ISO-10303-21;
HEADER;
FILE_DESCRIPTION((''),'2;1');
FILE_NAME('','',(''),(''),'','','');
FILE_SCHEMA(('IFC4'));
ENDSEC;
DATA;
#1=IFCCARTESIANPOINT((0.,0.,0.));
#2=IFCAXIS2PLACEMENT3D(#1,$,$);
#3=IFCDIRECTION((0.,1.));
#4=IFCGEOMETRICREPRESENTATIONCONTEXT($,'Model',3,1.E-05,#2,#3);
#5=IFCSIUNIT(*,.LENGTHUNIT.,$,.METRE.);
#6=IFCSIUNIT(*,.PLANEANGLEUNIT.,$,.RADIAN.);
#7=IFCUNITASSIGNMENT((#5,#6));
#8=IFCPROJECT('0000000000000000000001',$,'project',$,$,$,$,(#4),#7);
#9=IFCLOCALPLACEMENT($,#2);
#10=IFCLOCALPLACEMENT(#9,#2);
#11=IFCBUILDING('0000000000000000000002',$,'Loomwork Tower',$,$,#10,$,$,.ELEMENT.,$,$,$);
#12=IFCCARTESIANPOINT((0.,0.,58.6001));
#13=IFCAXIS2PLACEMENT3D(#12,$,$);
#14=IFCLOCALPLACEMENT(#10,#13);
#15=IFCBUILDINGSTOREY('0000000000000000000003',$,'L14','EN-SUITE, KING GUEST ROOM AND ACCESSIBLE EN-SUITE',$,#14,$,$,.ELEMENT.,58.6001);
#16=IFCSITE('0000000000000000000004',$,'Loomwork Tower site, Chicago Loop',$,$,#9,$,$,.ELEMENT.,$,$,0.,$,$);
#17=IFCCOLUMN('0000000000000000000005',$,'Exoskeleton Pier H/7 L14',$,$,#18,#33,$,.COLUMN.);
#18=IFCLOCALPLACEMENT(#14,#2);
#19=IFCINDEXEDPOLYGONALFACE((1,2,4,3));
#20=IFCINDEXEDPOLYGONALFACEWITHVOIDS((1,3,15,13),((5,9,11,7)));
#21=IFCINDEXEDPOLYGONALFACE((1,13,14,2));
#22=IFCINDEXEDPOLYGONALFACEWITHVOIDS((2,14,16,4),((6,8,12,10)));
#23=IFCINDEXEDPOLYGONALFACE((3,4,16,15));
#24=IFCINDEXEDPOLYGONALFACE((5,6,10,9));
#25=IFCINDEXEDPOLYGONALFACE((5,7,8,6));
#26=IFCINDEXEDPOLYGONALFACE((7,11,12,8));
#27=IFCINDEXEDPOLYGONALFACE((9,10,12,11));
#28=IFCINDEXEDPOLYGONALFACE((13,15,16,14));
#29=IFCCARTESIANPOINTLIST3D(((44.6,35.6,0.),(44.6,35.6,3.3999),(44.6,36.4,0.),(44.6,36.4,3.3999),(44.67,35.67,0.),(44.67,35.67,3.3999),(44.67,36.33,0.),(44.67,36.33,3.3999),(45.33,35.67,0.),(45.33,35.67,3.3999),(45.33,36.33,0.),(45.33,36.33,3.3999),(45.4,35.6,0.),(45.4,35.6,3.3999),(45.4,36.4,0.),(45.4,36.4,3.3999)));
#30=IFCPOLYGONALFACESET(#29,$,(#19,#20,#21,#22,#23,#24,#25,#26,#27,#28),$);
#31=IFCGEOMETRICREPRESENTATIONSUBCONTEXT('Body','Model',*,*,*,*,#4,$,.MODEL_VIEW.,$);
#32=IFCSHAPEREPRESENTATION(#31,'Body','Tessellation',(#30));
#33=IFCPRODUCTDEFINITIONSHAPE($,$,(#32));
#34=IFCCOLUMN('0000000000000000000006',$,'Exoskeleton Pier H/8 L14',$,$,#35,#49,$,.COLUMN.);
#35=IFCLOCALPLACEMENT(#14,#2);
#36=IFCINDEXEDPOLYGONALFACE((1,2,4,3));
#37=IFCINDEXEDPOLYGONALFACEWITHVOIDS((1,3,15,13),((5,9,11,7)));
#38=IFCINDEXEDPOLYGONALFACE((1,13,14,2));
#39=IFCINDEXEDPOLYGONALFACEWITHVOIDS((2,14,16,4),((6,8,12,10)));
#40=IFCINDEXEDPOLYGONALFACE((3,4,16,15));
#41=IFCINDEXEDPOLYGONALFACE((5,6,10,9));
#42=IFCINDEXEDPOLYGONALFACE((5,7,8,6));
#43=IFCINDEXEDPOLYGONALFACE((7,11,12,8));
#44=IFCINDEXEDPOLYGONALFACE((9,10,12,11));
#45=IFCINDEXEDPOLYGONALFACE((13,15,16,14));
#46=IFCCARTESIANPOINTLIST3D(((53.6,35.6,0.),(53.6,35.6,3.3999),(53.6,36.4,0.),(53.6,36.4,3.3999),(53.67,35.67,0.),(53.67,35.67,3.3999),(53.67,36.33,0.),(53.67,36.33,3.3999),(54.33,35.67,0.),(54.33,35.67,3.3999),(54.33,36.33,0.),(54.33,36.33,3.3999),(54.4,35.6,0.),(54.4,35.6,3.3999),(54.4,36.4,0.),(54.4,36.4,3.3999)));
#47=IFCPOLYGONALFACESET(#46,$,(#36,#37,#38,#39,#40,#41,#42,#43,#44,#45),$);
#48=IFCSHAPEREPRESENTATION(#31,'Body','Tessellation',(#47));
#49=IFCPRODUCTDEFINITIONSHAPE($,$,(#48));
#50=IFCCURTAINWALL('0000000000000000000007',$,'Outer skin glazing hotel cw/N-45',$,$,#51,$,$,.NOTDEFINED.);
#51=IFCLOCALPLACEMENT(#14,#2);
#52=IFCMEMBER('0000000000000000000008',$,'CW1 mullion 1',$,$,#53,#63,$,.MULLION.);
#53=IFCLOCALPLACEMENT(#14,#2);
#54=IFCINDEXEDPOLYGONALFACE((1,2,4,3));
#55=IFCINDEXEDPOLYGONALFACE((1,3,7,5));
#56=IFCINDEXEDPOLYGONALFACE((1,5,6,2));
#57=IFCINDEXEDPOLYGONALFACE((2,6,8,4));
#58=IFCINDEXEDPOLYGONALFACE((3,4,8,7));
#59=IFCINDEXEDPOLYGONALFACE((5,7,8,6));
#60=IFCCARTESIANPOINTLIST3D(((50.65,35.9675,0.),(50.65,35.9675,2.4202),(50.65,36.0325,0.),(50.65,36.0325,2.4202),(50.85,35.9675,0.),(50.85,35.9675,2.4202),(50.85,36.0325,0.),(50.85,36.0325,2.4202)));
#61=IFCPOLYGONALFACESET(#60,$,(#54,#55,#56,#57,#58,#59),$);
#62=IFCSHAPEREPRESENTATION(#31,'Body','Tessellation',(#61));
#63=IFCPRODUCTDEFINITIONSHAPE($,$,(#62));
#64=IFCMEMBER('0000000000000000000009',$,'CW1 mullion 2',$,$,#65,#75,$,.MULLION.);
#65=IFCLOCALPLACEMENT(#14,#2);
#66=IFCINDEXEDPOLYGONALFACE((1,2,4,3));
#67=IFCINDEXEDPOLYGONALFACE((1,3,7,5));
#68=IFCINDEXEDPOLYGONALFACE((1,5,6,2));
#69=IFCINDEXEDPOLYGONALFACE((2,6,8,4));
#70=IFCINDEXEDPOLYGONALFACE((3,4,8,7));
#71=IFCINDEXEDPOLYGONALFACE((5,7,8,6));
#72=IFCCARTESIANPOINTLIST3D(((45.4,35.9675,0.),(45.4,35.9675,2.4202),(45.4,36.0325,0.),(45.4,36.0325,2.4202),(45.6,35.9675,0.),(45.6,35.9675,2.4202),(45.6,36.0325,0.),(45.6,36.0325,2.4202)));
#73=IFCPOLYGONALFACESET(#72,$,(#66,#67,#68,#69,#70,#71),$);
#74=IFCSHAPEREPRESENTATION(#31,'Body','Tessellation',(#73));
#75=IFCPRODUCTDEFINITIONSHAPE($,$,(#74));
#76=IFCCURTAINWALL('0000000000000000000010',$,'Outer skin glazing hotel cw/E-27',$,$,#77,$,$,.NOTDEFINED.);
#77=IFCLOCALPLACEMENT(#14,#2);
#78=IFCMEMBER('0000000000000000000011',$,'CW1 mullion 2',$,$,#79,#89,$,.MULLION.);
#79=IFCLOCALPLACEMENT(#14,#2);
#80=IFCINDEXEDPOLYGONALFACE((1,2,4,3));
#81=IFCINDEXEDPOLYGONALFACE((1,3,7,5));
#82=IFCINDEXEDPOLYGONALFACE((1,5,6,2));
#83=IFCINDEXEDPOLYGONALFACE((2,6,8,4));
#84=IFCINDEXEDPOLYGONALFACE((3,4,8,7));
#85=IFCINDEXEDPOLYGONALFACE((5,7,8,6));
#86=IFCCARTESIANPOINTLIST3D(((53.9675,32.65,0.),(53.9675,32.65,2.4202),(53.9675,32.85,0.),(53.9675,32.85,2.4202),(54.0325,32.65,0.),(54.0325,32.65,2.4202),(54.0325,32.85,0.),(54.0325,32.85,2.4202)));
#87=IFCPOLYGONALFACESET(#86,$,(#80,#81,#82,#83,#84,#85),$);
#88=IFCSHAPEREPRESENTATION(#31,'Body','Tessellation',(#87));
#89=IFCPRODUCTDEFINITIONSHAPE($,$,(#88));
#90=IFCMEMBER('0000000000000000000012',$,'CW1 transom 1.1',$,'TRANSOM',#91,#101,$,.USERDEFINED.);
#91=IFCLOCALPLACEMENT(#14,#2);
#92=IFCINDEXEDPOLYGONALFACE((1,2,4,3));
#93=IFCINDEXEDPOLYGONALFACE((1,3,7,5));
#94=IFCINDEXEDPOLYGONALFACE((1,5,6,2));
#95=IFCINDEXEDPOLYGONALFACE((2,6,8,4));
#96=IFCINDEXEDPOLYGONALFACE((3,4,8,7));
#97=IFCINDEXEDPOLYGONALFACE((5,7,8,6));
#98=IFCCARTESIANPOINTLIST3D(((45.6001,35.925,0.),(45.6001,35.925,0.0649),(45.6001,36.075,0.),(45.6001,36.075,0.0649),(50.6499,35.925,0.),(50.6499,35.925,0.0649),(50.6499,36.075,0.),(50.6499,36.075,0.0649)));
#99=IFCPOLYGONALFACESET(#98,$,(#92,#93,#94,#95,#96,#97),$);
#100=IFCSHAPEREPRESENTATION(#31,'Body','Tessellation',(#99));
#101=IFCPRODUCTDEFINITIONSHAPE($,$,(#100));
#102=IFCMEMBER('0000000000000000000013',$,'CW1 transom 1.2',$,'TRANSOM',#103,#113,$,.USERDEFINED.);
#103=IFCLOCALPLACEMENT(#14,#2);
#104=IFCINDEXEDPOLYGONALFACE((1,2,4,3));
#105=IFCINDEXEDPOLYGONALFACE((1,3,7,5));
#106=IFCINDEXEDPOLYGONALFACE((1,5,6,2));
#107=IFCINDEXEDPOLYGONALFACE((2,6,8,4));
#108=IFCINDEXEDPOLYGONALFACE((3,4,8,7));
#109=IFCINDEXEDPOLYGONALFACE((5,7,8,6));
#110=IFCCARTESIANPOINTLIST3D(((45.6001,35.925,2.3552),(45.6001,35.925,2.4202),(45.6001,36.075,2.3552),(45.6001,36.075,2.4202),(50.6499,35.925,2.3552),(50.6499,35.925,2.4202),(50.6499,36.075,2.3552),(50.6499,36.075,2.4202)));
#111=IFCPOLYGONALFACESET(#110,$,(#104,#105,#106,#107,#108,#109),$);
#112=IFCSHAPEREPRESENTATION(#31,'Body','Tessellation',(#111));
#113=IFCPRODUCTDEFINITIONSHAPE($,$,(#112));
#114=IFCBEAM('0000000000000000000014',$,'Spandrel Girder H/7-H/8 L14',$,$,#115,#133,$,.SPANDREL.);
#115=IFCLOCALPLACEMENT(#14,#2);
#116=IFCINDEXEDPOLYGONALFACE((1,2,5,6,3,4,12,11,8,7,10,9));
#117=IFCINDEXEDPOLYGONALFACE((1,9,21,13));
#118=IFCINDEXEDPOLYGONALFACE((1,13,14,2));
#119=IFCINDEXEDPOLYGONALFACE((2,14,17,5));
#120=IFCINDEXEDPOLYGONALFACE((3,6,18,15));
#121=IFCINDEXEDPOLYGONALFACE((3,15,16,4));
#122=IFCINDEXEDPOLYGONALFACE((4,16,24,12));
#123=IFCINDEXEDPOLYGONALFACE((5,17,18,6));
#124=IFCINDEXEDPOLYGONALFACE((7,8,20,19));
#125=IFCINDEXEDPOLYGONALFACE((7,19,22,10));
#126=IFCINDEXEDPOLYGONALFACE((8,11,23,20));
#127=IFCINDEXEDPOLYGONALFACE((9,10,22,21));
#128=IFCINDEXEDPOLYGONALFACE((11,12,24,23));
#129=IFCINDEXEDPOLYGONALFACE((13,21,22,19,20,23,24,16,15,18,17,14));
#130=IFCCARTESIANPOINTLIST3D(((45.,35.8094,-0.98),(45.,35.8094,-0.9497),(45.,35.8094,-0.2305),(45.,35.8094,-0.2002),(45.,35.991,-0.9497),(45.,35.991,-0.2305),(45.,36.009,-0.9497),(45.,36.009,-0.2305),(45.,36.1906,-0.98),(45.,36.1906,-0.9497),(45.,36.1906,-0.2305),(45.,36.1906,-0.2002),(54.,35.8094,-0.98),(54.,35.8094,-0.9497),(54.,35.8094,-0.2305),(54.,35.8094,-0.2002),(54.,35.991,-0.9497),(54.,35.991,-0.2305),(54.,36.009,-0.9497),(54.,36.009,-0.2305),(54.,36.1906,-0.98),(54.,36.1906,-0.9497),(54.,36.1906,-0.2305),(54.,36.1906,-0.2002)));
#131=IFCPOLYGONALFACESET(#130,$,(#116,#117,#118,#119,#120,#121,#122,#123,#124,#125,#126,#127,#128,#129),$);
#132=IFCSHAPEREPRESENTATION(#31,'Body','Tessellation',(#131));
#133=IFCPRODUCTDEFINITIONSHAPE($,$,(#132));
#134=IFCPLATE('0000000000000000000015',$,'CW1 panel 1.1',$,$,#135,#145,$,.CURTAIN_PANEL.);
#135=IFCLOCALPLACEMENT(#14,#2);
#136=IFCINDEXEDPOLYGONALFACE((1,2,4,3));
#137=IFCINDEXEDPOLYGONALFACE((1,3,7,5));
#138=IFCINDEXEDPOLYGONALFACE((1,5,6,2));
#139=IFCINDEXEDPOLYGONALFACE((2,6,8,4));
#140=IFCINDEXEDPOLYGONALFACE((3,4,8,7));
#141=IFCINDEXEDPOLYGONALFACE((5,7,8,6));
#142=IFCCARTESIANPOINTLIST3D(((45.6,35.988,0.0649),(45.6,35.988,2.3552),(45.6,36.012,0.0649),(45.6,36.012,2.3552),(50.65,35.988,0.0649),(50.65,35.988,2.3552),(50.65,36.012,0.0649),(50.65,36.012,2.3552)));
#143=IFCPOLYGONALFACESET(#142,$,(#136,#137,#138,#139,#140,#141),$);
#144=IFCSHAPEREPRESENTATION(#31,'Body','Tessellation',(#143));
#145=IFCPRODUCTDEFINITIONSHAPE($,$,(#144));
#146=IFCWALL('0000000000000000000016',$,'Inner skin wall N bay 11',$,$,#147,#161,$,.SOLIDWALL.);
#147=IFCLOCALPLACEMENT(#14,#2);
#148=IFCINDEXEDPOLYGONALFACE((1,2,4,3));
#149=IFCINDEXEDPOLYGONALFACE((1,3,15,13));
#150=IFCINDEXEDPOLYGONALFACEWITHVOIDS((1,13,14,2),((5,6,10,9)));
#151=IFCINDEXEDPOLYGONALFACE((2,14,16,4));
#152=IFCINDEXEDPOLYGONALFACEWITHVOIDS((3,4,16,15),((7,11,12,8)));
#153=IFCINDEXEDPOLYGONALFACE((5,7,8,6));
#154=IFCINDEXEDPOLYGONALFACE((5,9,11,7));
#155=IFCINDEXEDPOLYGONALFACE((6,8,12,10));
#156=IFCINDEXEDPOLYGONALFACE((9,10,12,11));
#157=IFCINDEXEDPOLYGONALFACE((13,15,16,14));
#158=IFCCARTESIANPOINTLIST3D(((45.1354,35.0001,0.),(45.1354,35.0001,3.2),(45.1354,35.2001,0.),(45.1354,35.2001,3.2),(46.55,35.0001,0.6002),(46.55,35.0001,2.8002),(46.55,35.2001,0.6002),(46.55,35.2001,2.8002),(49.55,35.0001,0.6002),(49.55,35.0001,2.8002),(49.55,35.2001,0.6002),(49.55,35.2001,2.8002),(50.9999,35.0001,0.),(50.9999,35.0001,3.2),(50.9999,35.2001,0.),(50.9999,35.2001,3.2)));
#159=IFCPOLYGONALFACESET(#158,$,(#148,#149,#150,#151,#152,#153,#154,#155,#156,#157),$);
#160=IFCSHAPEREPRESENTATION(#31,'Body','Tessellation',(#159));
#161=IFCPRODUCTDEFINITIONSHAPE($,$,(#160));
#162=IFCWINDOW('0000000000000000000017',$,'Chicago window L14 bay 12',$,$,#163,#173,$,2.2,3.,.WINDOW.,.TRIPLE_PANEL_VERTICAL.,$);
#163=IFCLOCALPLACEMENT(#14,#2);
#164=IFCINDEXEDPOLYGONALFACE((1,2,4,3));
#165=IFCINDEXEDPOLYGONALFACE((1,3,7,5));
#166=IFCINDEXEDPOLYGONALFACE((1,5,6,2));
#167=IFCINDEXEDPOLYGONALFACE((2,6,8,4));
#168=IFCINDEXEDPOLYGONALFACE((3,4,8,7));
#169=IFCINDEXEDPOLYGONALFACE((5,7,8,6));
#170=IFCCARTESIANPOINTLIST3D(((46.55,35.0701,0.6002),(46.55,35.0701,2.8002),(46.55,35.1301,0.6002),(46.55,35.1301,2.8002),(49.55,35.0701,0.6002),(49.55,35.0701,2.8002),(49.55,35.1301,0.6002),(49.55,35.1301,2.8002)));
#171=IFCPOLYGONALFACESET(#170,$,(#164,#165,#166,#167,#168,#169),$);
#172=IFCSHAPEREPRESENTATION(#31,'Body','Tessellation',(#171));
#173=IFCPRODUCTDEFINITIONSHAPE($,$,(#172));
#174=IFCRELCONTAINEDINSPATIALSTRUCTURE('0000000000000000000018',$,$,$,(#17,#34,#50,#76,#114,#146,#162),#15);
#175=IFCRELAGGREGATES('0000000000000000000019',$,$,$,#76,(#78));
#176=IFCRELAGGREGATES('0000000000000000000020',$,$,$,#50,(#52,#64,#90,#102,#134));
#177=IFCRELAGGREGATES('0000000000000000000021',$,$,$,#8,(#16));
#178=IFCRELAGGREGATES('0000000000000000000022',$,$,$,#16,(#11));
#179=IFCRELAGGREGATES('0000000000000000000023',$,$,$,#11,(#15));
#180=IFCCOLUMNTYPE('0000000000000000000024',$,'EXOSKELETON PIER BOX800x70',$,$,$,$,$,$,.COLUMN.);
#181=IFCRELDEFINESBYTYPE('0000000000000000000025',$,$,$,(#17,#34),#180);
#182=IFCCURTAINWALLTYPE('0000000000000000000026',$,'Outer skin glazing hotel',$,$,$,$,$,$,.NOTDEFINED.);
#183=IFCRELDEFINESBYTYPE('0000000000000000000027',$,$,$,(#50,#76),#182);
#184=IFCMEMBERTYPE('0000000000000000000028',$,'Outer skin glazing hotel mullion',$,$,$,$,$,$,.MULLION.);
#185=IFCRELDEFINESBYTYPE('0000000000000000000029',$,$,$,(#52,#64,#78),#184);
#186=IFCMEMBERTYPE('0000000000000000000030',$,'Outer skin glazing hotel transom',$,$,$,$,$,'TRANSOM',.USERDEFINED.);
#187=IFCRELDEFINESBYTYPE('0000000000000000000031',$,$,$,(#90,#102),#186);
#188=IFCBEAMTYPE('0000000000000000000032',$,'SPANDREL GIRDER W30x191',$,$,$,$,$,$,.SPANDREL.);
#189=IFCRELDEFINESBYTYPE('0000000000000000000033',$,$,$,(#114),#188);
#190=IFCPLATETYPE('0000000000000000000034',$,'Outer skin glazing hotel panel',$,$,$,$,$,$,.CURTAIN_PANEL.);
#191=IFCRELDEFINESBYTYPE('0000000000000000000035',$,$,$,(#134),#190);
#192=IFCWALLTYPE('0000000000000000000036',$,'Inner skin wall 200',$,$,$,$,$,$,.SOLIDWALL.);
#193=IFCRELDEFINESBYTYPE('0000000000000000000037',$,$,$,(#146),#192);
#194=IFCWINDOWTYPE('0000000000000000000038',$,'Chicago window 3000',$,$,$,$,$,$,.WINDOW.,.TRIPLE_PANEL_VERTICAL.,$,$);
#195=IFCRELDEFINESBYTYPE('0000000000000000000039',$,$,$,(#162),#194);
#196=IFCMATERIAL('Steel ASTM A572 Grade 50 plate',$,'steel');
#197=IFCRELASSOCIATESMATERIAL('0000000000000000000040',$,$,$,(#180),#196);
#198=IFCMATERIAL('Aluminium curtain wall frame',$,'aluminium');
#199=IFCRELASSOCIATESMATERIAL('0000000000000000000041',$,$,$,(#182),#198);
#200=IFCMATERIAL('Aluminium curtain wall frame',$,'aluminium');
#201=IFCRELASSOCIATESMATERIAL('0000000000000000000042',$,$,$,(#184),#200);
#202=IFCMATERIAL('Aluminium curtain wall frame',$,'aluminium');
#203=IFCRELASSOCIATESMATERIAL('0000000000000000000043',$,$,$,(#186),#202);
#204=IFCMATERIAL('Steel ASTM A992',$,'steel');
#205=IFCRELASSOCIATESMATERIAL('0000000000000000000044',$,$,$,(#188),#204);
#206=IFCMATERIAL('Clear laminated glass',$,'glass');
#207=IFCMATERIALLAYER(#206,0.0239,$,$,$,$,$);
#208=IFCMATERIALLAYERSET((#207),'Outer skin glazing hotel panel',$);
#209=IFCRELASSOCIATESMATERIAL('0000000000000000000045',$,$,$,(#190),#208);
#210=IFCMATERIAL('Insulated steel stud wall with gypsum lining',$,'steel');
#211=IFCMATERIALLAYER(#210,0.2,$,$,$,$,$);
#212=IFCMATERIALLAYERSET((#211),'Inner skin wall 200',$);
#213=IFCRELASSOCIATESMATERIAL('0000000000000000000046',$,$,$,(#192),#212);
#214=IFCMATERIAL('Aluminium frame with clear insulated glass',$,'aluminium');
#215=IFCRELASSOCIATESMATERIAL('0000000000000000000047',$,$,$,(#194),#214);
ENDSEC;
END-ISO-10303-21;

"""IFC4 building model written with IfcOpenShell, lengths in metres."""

from ifc_helpers import new_model, si_unit, direction, frame, frame_2d, origin, origin_2d, place, context, subcontext, project, spatial, rectangle, hollow_rectangle, i_section, extrude, material, layer, layer_set, material_profile, profile_set, type_object, element, fill, aggregate, save


model = new_model("IFC4")

# Units and contexts
model_context = context("Model", 3, precision=1e-05, world=origin(), true_north=direction((0.0, 1.0)))
body_context = subcontext(model_context, "Body", "Model", "MODEL_VIEW")
ifc_project = project(units=[si_unit("LENGTHUNIT", "METRE"), si_unit("PLANEANGLEUNIT", "RADIAN")], contexts=[model_context])

# Site, building, storey
site_placement = place(None, origin())
site = spatial("IfcSite", under=ifc_project, at=site_placement, Name="Loomwork Tower site, Chicago Loop", CompositionType="ELEMENT", RefElevation=0.0)
building_placement = place(site_placement, origin())
building = spatial("IfcBuilding", under=site, at=building_placement, Name="Loomwork Tower", CompositionType="ELEMENT")
storey_placement = place(building_placement, frame((0.0, 0.0, 58.6001)))
storey = spatial("IfcBuildingStorey", under=building, at=storey_placement, Name="L14", Description="EN-SUITE, KING GUEST ROOM AND ACCESSIBLE EN-SUITE", CompositionType="ELEMENT", Elevation=58.6001)

# Columns
ifc_material_1 = material(Name="Steel ASTM A572 Grade 50 plate", Category="steel")
ifc_material_profile_1 = material_profile(ifc_material_1, hollow_rectangle(XDim=0.8, YDim=0.8, WallThickness=0.0701, at=origin_2d()), Name="BOX800x70")
ifc_profile_set_1 = profile_set([ifc_material_profile_1], Name="Steel ASTM A572 Grade 50 plate")
column_type = type_object("IfcColumnType", Name="EXOSKELETON PIER BOX800x70", PredefinedType="COLUMN", material=ifc_profile_set_1)
for number, where, z_axis, x_axis, name in (
    (1, (45.0, 36.0, 0.0), (0.0, 0.0, 1.0), (1.0, 0.0, 0.0), "Exoskeleton Pier H/7 L14"),
    (2, (54.0, 36.0, 0.0), (0.0, 0.0, 1.0), (1.0, 0.0, 0.0), "Exoskeleton Pier H/8 L14"),
):
    element("IfcColumn", number, at=place(storey_placement, frame(where, z_axis=z_axis, x_axis=x_axis)), inside=storey, type_object=column_type, Name=name, PredefinedType="COLUMN", context=body_context, shape_type="SweptSolid", body=[
        extrude(hollow_rectangle(XDim=0.8, YDim=0.8, WallThickness=0.0701, at=origin_2d()), origin(), (0.0, 0.0, 1.0), 3.3999),
    ])

# Curtain wall, members
ifc_material_2 = material(Name="Aluminium curtain wall frame", Category="aluminium")
curtain_wall_type = type_object("IfcCurtainWallType", Name="Outer skin glazing hotel", PredefinedType="NOTDEFINED", material=ifc_material_2)
curtain_wall_1_placement = place(storey_placement, origin())
curtain_wall_1 = element("IfcCurtainWall", 3, at=curtain_wall_1_placement, inside=storey, type_object=curtain_wall_type, Name="Outer skin glazing hotel cw/N-45", PredefinedType="NOTDEFINED")
ifc_material_3 = material(Name="Aluminium curtain wall frame", Category="aluminium")
ifc_material_profile_2 = material_profile(ifc_material_3, rectangle(XDim=0.0649, YDim=0.2, at=origin_2d()), Name="AL 65x200")
ifc_profile_set_2 = profile_set([ifc_material_profile_2], Name="Aluminium curtain wall frame")
member_type_1 = type_object("IfcMemberType", Name="Outer skin glazing hotel mullion", PredefinedType="MULLION", material=ifc_profile_set_2)
member_1_placement = place(storey_placement, frame((50.75, 36.0, 0.0), z_axis=(0.0, 0.0, 1.0), x_axis=(0.0, -1.0, 0.0)))
member_1 = element("IfcMember", 4, at=member_1_placement, type_object=member_type_1, Name="CW1 mullion 1", PredefinedType="MULLION", context=body_context, shape_type="SweptSolid", body=[
    extrude(rectangle(XDim=0.0649, YDim=0.2, at=origin_2d()), origin(), (0.0, 0.0, 1.0), 2.4202),
])
member_2_placement = place(storey_placement, frame((45.5, 36.0, 0.0), z_axis=(0.0, 0.0, 1.0), x_axis=(0.0, -1.0, 0.0)))
member_2 = element("IfcMember", 5, at=member_2_placement, type_object=member_type_1, Name="CW1 mullion 2", PredefinedType="MULLION", context=body_context, shape_type="SweptSolid", body=[
    extrude(rectangle(XDim=0.0649, YDim=0.2, at=origin_2d()), origin(), (0.0, 0.0, 1.0), 2.4202),
])

# Curtain wall, member
curtain_wall_2_placement = place(storey_placement, origin())
curtain_wall_2 = element("IfcCurtainWall", 6, at=curtain_wall_2_placement, inside=storey, type_object=curtain_wall_type, Name="Outer skin glazing hotel cw/E-27", PredefinedType="NOTDEFINED")
member_3_placement = place(storey_placement, frame((54.0, 32.75, 0.0), z_axis=(0.0, 0.0, 1.0), x_axis=(-1.0, 0.0, 0.0)))
member_3 = element("IfcMember", 7, at=member_3_placement, type_object=member_type_1, Name="CW1 mullion 2", PredefinedType="MULLION", context=body_context, shape_type="SweptSolid", body=[
    extrude(rectangle(XDim=0.0649, YDim=0.2, at=origin_2d()), origin(), (0.0, 0.0, 1.0), 2.4202),
])
aggregate(curtain_wall_2, [member_3])

# Members
ifc_material_4 = material(Name="Aluminium curtain wall frame", Category="aluminium")
ifc_material_profile_3 = material_profile(ifc_material_4, rectangle(XDim=0.1499, YDim=0.0649, at=origin_2d()), Name="AL 65x150")
ifc_profile_set_3 = profile_set([ifc_material_profile_3], Name="Aluminium curtain wall frame")
member_type_2 = type_object("IfcMemberType", Name="Outer skin glazing hotel transom", ElementType="TRANSOM", PredefinedType="USERDEFINED", material=ifc_profile_set_3)
member_4_placement = place(storey_placement, frame((50.6499, 36.0, 0.0325), z_axis=(-1.0, 0.0, 0.0), x_axis=(0.0, -1.0, 0.0)))
member_4 = element("IfcMember", 8, at=member_4_placement, type_object=member_type_2, Name="CW1 transom 1.1", ObjectType="TRANSOM", PredefinedType="USERDEFINED", context=body_context, shape_type="SweptSolid", body=[
    extrude(rectangle(XDim=0.1499, YDim=0.0649, at=origin_2d()), origin(), (0.0, 0.0, 1.0), 5.0498),
])
member_5_placement = place(storey_placement, frame((50.6499, 36.0, 2.3877), z_axis=(-1.0, 0.0, 0.0), x_axis=(0.0, -1.0, 0.0)))
member_5 = element("IfcMember", 9, at=member_5_placement, type_object=member_type_2, Name="CW1 transom 1.2", ObjectType="TRANSOM", PredefinedType="USERDEFINED", context=body_context, shape_type="SweptSolid", body=[
    extrude(rectangle(XDim=0.1499, YDim=0.0649, at=origin_2d()), origin(), (0.0, 0.0, 1.0), 5.0498),
])

# Beam
ifc_material_5 = material(Name="Steel ASTM A992", Category="steel")
ifc_material_profile_4 = material_profile(ifc_material_5, i_section(OverallWidth=0.3811, OverallDepth=0.7798, WebThickness=0.0181, FlangeThickness=0.0303, at=origin_2d()), Name="W30x191")
ifc_profile_set_4 = profile_set([ifc_material_profile_4], Name="Steel ASTM A992")
beam_type = type_object("IfcBeamType", Name="SPANDREL GIRDER W30x191", PredefinedType="SPANDREL", material=ifc_profile_set_4)
beam_placement = place(storey_placement, frame((45.0, 36.0, -0.5901), z_axis=(1.0, 0.0, 0.0), x_axis=(0.0, 1.0, 0.0)))
element("IfcBeam", 10, at=beam_placement, inside=storey, type_object=beam_type, Name="Spandrel Girder H/7-H/8 L14", PredefinedType="SPANDREL", context=body_context, shape_type="SweptSolid", body=[
    extrude(i_section(OverallWidth=0.3811, OverallDepth=0.7798, WebThickness=0.0181, FlangeThickness=0.0303, at=origin_2d()), origin(), (0.0, 0.0, 1.0), 9.0),
])

# Plate
ifc_material_6 = material(Name="Clear laminated glass", Category="glass")
ifc_layer_1 = layer(ifc_material_6, 0.0239)
ifc_layer_set_1 = layer_set([ifc_layer_1], Name="Outer skin glazing hotel panel")
plate_type = type_object("IfcPlateType", Name="Outer skin glazing hotel panel", PredefinedType="CURTAIN_PANEL", material=ifc_layer_set_1)
plate_placement = place(storey_placement, frame((48.125, 36.0, 0.0649), z_axis=(0.0, 0.0, 1.0), x_axis=(-1.0, 0.0, 0.0)))
plate = element("IfcPlate", 11, at=plate_placement, type_object=plate_type, Name="CW1 panel 1.1", PredefinedType="CURTAIN_PANEL", context=body_context, shape_type="SweptSolid", body=[
    extrude(rectangle(XDim=5.05, YDim=0.0239, at=origin_2d()), origin(), (0.0, 0.0, 1.0), 2.2903),
])
aggregate(curtain_wall_1, [member_1, member_2, member_4, member_5, plate])

# Wall, opening, window
ifc_material_7 = material(Name="Insulated steel stud wall with gypsum lining", Category="steel")
ifc_layer_2 = layer(ifc_material_7, 0.2)
ifc_layer_set_2 = layer_set([ifc_layer_2], Name="Inner skin wall 200")
wall_type_1 = type_object("IfcWallType", Name="Inner skin wall 200", PredefinedType="SOLIDWALL", material=ifc_layer_set_2)
wall_1_placement = place(storey_placement, frame((45.1355, 35.1001, 0.0), z_axis=(0.0, 0.0, 1.0), x_axis=(1.0, 0.0, 0.0)))
wall_1 = element("IfcWall", 12, at=wall_1_placement, inside=storey, type_object=wall_type_1, Name="Inner skin wall N bay 11", PredefinedType="SOLIDWALL", context=body_context, shape_type="SweptSolid", body=[
    extrude(rectangle(XDim=5.8645, YDim=0.2, at=frame_2d((2.9321, 0.0))), origin(), (0.0, 0.0, 1.0), 3.2),
])
opening_1_placement = place(wall_1_placement, frame((1.4146, 0.0, 0.6001)))
opening_1 = element("IfcOpeningElement", 13, at=opening_1_placement, cuts=wall_1, PredefinedType="OPENING", context=body_context, shape_type="SweptSolid", body=[
    extrude(rectangle(XDim=3.0, YDim=2.2, at=frame_2d((1.5, 1.1001))), frame((0.0, 0.1099, 0.0), z_axis=(0.0, -1.0, 0.0), x_axis=(1.0, 0.0, 0.0)), (0.0, 0.0, 1.0), 0.22),
])
ifc_material_8 = material(Name="Aluminium frame with clear insulated glass", Category="aluminium")
window_type_1 = type_object("IfcWindowType", Name="Chicago window 3000", PartitioningType="TRIPLE_PANEL_VERTICAL", PredefinedType="WINDOW", material=ifc_material_8)
window_1_placement = place(opening_1_placement, origin())
window_1 = element("IfcWindow", 14, at=window_1_placement, inside=storey, type_object=window_type_1, Name="Chicago window L14 bay 12", OverallHeight=2.2, OverallWidth=3.0, PartitioningType="TRIPLE_PANEL_VERTICAL", PredefinedType="WINDOW", context=body_context, shape_type="SweptSolid", body=[
    extrude(rectangle(XDim=3.0, YDim=2.2, at=frame_2d((1.5, 1.1001))), frame((0.0, 0.03, 0.0), z_axis=(0.0, -1.0, 0.0), x_axis=(1.0, 0.0, 0.0)), (0.0, 0.0, 1.0), 0.0601),
])
fill(opening_1, window_1)

save(model, "model.ifc")
